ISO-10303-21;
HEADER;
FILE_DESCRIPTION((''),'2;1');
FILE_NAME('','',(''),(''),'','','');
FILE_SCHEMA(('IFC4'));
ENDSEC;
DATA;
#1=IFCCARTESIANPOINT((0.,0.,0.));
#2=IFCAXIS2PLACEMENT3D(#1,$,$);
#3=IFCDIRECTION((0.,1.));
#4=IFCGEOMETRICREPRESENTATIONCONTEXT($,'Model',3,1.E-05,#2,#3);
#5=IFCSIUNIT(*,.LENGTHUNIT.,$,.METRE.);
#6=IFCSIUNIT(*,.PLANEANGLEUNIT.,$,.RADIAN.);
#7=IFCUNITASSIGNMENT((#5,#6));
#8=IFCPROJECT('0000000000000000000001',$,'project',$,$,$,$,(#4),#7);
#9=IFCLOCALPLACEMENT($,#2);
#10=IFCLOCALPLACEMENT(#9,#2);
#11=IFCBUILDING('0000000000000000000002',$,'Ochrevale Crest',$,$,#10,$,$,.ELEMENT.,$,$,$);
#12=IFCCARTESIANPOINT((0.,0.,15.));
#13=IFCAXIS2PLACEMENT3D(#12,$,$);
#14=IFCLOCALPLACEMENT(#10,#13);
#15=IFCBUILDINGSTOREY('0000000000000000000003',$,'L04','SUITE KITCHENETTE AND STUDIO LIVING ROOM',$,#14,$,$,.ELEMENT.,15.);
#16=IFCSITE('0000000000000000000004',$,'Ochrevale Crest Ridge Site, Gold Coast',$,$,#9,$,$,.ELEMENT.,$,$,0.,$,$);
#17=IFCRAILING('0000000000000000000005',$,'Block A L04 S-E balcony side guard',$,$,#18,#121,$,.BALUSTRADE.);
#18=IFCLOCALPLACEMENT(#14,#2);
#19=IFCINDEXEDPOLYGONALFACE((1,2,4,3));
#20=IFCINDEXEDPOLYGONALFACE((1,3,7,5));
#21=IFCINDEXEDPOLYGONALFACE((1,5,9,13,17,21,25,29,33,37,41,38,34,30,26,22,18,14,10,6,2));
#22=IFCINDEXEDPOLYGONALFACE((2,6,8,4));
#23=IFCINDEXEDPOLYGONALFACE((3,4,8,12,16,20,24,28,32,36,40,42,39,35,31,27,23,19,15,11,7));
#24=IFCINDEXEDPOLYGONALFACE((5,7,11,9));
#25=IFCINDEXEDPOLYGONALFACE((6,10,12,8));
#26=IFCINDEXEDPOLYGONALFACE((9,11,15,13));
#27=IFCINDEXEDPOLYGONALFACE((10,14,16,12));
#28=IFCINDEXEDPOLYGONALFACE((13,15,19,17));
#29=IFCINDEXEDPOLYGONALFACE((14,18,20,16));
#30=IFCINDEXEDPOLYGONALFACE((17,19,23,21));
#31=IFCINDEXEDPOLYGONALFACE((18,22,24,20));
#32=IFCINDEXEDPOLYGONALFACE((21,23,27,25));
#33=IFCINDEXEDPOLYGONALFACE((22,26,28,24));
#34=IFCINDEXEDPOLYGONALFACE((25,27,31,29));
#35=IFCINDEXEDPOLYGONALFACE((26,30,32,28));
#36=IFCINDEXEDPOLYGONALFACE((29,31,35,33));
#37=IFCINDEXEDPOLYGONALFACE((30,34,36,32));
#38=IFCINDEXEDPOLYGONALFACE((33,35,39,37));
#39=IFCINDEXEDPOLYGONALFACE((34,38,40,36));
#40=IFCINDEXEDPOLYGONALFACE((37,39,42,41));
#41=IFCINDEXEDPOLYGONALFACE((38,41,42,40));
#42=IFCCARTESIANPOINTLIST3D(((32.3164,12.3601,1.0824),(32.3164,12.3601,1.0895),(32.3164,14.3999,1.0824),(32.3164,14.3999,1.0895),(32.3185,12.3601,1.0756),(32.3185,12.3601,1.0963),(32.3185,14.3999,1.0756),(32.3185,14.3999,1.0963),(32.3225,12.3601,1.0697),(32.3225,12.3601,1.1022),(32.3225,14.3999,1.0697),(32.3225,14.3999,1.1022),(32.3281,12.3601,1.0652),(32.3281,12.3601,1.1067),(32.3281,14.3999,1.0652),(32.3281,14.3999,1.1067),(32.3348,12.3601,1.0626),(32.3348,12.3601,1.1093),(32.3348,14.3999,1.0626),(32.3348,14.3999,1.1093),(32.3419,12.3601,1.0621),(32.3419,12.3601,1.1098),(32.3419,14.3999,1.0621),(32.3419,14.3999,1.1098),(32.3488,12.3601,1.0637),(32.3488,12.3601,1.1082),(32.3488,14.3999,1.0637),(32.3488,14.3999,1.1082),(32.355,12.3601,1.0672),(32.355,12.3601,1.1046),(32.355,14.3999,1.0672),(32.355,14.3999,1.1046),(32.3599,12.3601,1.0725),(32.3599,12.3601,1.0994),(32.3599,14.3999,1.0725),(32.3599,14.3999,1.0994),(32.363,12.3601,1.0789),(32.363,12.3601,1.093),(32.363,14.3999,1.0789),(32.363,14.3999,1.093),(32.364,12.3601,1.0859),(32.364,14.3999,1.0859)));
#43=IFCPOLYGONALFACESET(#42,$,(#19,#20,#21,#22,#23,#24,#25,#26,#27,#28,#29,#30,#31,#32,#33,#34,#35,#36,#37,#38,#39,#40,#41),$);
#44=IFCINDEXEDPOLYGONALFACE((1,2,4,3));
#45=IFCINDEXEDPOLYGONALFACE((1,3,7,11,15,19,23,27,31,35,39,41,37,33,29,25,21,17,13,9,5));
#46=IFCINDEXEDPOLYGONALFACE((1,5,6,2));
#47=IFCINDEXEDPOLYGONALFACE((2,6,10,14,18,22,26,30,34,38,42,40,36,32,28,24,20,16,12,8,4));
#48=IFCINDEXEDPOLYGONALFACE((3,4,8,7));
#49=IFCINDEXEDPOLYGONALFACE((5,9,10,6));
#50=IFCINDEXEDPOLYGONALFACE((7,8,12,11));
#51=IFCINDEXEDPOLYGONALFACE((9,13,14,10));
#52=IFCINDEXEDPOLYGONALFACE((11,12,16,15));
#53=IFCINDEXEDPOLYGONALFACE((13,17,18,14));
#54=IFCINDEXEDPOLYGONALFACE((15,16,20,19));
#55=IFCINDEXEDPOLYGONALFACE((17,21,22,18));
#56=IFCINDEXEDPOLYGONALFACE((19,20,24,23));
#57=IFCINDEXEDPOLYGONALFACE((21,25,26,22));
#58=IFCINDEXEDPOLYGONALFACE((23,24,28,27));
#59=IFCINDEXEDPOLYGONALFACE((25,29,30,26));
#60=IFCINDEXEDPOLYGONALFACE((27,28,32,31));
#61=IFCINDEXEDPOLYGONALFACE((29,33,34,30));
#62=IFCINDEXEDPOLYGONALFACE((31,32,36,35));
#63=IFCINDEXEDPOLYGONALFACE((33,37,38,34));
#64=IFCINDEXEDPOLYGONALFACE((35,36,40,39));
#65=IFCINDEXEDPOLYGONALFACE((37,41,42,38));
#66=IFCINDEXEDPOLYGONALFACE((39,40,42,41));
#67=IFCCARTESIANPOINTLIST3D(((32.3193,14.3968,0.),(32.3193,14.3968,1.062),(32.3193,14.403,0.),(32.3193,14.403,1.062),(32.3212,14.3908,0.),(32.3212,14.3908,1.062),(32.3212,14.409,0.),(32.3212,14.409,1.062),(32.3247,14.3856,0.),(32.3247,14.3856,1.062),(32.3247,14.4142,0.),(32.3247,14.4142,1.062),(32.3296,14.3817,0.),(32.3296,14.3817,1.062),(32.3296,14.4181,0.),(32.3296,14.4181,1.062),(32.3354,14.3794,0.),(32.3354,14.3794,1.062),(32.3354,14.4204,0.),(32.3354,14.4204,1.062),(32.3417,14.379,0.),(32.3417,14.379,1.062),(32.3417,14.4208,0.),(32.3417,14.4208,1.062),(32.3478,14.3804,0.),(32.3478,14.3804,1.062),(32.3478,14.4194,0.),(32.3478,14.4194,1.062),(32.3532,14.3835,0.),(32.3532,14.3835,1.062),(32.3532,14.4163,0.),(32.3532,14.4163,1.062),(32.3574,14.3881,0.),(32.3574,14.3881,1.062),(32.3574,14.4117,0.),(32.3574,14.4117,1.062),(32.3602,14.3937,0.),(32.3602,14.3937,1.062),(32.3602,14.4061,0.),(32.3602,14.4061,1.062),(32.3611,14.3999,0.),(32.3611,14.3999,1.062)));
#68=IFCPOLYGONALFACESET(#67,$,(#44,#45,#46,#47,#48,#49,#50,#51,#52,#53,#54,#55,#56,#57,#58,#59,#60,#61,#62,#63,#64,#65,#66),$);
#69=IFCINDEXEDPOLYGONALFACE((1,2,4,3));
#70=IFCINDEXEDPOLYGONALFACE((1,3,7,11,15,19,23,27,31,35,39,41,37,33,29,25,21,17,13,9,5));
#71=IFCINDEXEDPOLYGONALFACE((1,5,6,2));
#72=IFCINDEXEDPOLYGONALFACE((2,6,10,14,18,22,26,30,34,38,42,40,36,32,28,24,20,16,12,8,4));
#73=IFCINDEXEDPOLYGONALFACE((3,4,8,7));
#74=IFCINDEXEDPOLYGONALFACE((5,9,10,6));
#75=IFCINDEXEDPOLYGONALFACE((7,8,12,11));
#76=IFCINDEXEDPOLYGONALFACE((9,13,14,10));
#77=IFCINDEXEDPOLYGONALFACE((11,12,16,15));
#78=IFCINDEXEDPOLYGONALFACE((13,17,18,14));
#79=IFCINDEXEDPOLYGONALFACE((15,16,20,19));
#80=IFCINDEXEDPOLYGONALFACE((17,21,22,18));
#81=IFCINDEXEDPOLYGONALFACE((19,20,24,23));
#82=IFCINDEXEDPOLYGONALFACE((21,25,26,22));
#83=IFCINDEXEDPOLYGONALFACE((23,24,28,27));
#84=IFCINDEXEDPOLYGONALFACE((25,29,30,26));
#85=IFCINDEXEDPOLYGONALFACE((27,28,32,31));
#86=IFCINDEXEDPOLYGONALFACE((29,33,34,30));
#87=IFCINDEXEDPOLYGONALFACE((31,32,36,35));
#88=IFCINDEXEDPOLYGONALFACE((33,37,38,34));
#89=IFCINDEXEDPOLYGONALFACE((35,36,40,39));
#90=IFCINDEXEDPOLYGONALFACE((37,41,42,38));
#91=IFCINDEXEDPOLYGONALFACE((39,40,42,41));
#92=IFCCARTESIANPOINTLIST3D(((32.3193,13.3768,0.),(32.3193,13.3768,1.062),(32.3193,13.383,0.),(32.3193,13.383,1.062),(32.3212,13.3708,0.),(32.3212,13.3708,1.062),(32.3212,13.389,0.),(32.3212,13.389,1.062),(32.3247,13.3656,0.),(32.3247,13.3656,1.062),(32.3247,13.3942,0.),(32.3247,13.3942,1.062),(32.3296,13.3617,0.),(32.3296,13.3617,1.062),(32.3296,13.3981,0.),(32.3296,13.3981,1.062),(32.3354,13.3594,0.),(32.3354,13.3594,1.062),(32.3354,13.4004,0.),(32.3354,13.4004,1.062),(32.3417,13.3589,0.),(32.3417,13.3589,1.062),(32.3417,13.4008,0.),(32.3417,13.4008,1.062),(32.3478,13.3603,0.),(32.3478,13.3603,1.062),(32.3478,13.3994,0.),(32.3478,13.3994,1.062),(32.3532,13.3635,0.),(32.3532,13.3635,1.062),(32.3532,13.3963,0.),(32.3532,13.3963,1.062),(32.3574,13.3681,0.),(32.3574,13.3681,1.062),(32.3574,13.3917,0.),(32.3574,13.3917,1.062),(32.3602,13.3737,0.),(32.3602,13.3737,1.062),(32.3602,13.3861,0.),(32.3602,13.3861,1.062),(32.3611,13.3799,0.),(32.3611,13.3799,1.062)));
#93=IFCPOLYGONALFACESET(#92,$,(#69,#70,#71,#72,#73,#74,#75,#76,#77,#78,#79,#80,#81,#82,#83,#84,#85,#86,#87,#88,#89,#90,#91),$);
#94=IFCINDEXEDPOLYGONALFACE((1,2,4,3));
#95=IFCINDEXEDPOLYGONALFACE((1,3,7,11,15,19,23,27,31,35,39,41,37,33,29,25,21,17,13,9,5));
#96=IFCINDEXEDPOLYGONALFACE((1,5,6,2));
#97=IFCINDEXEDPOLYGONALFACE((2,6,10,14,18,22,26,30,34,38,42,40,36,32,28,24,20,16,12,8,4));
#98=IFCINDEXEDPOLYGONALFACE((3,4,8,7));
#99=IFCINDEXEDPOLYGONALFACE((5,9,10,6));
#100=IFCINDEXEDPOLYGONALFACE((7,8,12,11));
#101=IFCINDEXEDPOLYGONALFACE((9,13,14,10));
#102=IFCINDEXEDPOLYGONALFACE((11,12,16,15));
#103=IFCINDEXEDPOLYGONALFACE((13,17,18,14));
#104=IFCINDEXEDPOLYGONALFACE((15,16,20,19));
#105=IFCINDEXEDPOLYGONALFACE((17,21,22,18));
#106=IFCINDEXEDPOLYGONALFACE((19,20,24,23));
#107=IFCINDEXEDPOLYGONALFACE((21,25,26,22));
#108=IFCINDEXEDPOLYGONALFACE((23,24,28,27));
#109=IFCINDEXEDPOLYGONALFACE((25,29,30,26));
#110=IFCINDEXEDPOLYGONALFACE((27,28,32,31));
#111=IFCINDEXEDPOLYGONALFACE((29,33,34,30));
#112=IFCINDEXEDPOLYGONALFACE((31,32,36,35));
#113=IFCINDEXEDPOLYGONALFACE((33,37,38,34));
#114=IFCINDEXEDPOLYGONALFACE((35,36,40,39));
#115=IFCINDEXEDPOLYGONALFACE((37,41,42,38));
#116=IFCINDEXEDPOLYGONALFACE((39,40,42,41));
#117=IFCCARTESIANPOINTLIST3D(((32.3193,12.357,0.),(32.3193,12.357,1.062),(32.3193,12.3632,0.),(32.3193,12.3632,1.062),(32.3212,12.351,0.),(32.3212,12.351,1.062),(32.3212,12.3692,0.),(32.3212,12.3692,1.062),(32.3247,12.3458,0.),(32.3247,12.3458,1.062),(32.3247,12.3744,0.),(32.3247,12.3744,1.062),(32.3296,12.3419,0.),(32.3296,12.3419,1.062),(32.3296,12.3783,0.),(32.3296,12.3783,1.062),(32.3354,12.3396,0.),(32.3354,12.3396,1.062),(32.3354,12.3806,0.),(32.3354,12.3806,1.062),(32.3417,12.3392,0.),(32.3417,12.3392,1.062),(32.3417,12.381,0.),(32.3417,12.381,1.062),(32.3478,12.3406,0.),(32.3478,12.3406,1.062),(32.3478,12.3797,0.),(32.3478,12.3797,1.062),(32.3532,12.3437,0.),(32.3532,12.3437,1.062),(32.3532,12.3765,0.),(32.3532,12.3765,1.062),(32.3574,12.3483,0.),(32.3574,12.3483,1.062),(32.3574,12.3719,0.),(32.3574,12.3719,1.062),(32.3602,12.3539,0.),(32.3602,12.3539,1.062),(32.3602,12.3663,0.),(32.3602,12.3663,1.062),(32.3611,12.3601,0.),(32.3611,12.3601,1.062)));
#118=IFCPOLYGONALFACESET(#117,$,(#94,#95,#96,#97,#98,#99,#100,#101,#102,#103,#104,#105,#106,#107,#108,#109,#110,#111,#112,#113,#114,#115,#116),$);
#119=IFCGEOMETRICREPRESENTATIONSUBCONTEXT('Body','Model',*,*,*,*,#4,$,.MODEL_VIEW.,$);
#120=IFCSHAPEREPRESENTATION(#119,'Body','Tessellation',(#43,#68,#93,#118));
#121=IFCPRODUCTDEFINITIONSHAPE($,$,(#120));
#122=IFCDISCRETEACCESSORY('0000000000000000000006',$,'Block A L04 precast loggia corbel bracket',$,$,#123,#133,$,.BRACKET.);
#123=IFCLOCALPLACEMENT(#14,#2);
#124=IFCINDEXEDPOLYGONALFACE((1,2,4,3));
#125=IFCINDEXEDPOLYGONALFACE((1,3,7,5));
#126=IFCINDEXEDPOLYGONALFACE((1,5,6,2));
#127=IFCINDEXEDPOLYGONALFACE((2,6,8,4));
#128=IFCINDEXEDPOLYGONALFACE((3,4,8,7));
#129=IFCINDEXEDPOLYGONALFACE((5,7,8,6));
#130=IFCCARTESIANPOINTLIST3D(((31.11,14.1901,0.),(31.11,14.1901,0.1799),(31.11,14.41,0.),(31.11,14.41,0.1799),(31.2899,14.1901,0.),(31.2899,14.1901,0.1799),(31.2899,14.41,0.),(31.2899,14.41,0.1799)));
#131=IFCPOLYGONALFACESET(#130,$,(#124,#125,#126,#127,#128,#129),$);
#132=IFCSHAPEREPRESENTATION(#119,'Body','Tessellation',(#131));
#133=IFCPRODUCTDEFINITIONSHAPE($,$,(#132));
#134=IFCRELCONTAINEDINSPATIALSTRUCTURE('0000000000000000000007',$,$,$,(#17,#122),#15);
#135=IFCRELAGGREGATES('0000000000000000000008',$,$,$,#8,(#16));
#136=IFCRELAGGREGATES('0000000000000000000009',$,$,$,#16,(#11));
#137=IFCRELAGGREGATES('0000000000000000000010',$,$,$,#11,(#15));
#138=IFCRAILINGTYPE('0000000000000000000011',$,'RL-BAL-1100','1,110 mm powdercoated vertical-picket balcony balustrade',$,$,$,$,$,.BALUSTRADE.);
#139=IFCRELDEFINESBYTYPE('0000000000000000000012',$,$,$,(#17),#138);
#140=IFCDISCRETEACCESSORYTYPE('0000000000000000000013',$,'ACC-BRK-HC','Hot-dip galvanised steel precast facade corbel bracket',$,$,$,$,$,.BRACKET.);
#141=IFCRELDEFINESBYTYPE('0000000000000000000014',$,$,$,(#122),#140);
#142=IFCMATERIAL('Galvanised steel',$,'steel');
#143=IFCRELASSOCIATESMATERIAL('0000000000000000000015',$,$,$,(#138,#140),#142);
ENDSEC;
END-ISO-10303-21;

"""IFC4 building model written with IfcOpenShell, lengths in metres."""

from ifc_helpers import new_model, si_unit, direction, frame, origin, origin_2d, place, context, subcontext, project, spatial, rectangle, circle, extrude, material, type_object, element, save


model = new_model("IFC4")

# Units and contexts
model_context = context("Model", 3, precision=1e-05, world=origin(), true_north=direction((0.0, 1.0)))
body_context = subcontext(model_context, "Body", "Model", "MODEL_VIEW")
ifc_project = project(units=[si_unit("LENGTHUNIT", "METRE"), si_unit("PLANEANGLEUNIT", "RADIAN")], contexts=[model_context])

# Site, building, storey
site_placement = place(None, origin())
site = spatial("IfcSite", under=ifc_project, at=site_placement, Name="Ochrevale Crest Ridge Site, Gold Coast", CompositionType="ELEMENT", RefElevation=0.0)
building_placement = place(site_placement, origin())
building = spatial("IfcBuilding", under=site, at=building_placement, Name="Ochrevale Crest", CompositionType="ELEMENT")
storey_placement = place(building_placement, frame((0.0, 0.0, 15.0)))
storey = spatial("IfcBuildingStorey", under=building, at=storey_placement, Name="L04", Description="SUITE KITCHENETTE AND STUDIO LIVING ROOM", CompositionType="ELEMENT", Elevation=15.0)

# Railing
ifc_material_1 = material(Name="Galvanised steel", Category="steel")
railing_type = type_object("IfcRailingType", Name="RL-BAL-1100", Description="1,110 mm powdercoated vertical-picket balcony balustrade", PredefinedType="BALUSTRADE", material=ifc_material_1)
railing_placement = place(storey_placement, frame((32.3401, 14.3999, 0.0)))
element("IfcRailing", 1, at=railing_placement, inside=storey, type_object=railing_type, Name="Block A L04 S-E balcony side guard", PredefinedType="BALUSTRADE", context=body_context, shape_type="SweptSolid", body=[
    extrude(circle(Radius=0.0239, at=origin_2d()), frame((0.0, 0.0, 1.0859), z_axis=(0.0, -1.0, 0.0), x_axis=(1.0, 0.0, 0.0)), (0.0, 0.0, 1.0), 2.0398),
    extrude(circle(Radius=0.021, at=origin_2d()), origin(), (0.0, 0.0, 1.0), 1.062),
    extrude(circle(Radius=0.021, at=origin_2d()), frame((0.0, -1.02, 0.0)), (0.0, 0.0, 1.0), 1.062),
    extrude(circle(Radius=0.021, at=origin_2d()), frame((0.0, -2.0398, 0.0)), (0.0, 0.0, 1.0), 1.062),
])

# Discrete accessory
discrete_accessory_type = type_object("IfcDiscreteAccessoryType", Name="ACC-BRK-HC", Description="Hot-dip galvanised steel precast facade corbel bracket", PredefinedType="BRACKET", material=ifc_material_1)
discrete_accessory_placement = place(storey_placement, frame((31.2, 14.3, 0.0), z_axis=(0.0, 0.0, 1.0), x_axis=(1.0, 0.0, 0.0)))
element("IfcDiscreteAccessory", 2, at=discrete_accessory_placement, inside=storey, type_object=discrete_accessory_type, Name="Block A L04 precast loggia corbel bracket", PredefinedType="BRACKET", context=body_context, shape_type="SweptSolid", body=[
    extrude(rectangle(XDim=0.1799, YDim=0.22, at=origin_2d()), origin(), (0.0, 0.0, 1.0), 0.1799),
])

save(model, "model.ifc")
